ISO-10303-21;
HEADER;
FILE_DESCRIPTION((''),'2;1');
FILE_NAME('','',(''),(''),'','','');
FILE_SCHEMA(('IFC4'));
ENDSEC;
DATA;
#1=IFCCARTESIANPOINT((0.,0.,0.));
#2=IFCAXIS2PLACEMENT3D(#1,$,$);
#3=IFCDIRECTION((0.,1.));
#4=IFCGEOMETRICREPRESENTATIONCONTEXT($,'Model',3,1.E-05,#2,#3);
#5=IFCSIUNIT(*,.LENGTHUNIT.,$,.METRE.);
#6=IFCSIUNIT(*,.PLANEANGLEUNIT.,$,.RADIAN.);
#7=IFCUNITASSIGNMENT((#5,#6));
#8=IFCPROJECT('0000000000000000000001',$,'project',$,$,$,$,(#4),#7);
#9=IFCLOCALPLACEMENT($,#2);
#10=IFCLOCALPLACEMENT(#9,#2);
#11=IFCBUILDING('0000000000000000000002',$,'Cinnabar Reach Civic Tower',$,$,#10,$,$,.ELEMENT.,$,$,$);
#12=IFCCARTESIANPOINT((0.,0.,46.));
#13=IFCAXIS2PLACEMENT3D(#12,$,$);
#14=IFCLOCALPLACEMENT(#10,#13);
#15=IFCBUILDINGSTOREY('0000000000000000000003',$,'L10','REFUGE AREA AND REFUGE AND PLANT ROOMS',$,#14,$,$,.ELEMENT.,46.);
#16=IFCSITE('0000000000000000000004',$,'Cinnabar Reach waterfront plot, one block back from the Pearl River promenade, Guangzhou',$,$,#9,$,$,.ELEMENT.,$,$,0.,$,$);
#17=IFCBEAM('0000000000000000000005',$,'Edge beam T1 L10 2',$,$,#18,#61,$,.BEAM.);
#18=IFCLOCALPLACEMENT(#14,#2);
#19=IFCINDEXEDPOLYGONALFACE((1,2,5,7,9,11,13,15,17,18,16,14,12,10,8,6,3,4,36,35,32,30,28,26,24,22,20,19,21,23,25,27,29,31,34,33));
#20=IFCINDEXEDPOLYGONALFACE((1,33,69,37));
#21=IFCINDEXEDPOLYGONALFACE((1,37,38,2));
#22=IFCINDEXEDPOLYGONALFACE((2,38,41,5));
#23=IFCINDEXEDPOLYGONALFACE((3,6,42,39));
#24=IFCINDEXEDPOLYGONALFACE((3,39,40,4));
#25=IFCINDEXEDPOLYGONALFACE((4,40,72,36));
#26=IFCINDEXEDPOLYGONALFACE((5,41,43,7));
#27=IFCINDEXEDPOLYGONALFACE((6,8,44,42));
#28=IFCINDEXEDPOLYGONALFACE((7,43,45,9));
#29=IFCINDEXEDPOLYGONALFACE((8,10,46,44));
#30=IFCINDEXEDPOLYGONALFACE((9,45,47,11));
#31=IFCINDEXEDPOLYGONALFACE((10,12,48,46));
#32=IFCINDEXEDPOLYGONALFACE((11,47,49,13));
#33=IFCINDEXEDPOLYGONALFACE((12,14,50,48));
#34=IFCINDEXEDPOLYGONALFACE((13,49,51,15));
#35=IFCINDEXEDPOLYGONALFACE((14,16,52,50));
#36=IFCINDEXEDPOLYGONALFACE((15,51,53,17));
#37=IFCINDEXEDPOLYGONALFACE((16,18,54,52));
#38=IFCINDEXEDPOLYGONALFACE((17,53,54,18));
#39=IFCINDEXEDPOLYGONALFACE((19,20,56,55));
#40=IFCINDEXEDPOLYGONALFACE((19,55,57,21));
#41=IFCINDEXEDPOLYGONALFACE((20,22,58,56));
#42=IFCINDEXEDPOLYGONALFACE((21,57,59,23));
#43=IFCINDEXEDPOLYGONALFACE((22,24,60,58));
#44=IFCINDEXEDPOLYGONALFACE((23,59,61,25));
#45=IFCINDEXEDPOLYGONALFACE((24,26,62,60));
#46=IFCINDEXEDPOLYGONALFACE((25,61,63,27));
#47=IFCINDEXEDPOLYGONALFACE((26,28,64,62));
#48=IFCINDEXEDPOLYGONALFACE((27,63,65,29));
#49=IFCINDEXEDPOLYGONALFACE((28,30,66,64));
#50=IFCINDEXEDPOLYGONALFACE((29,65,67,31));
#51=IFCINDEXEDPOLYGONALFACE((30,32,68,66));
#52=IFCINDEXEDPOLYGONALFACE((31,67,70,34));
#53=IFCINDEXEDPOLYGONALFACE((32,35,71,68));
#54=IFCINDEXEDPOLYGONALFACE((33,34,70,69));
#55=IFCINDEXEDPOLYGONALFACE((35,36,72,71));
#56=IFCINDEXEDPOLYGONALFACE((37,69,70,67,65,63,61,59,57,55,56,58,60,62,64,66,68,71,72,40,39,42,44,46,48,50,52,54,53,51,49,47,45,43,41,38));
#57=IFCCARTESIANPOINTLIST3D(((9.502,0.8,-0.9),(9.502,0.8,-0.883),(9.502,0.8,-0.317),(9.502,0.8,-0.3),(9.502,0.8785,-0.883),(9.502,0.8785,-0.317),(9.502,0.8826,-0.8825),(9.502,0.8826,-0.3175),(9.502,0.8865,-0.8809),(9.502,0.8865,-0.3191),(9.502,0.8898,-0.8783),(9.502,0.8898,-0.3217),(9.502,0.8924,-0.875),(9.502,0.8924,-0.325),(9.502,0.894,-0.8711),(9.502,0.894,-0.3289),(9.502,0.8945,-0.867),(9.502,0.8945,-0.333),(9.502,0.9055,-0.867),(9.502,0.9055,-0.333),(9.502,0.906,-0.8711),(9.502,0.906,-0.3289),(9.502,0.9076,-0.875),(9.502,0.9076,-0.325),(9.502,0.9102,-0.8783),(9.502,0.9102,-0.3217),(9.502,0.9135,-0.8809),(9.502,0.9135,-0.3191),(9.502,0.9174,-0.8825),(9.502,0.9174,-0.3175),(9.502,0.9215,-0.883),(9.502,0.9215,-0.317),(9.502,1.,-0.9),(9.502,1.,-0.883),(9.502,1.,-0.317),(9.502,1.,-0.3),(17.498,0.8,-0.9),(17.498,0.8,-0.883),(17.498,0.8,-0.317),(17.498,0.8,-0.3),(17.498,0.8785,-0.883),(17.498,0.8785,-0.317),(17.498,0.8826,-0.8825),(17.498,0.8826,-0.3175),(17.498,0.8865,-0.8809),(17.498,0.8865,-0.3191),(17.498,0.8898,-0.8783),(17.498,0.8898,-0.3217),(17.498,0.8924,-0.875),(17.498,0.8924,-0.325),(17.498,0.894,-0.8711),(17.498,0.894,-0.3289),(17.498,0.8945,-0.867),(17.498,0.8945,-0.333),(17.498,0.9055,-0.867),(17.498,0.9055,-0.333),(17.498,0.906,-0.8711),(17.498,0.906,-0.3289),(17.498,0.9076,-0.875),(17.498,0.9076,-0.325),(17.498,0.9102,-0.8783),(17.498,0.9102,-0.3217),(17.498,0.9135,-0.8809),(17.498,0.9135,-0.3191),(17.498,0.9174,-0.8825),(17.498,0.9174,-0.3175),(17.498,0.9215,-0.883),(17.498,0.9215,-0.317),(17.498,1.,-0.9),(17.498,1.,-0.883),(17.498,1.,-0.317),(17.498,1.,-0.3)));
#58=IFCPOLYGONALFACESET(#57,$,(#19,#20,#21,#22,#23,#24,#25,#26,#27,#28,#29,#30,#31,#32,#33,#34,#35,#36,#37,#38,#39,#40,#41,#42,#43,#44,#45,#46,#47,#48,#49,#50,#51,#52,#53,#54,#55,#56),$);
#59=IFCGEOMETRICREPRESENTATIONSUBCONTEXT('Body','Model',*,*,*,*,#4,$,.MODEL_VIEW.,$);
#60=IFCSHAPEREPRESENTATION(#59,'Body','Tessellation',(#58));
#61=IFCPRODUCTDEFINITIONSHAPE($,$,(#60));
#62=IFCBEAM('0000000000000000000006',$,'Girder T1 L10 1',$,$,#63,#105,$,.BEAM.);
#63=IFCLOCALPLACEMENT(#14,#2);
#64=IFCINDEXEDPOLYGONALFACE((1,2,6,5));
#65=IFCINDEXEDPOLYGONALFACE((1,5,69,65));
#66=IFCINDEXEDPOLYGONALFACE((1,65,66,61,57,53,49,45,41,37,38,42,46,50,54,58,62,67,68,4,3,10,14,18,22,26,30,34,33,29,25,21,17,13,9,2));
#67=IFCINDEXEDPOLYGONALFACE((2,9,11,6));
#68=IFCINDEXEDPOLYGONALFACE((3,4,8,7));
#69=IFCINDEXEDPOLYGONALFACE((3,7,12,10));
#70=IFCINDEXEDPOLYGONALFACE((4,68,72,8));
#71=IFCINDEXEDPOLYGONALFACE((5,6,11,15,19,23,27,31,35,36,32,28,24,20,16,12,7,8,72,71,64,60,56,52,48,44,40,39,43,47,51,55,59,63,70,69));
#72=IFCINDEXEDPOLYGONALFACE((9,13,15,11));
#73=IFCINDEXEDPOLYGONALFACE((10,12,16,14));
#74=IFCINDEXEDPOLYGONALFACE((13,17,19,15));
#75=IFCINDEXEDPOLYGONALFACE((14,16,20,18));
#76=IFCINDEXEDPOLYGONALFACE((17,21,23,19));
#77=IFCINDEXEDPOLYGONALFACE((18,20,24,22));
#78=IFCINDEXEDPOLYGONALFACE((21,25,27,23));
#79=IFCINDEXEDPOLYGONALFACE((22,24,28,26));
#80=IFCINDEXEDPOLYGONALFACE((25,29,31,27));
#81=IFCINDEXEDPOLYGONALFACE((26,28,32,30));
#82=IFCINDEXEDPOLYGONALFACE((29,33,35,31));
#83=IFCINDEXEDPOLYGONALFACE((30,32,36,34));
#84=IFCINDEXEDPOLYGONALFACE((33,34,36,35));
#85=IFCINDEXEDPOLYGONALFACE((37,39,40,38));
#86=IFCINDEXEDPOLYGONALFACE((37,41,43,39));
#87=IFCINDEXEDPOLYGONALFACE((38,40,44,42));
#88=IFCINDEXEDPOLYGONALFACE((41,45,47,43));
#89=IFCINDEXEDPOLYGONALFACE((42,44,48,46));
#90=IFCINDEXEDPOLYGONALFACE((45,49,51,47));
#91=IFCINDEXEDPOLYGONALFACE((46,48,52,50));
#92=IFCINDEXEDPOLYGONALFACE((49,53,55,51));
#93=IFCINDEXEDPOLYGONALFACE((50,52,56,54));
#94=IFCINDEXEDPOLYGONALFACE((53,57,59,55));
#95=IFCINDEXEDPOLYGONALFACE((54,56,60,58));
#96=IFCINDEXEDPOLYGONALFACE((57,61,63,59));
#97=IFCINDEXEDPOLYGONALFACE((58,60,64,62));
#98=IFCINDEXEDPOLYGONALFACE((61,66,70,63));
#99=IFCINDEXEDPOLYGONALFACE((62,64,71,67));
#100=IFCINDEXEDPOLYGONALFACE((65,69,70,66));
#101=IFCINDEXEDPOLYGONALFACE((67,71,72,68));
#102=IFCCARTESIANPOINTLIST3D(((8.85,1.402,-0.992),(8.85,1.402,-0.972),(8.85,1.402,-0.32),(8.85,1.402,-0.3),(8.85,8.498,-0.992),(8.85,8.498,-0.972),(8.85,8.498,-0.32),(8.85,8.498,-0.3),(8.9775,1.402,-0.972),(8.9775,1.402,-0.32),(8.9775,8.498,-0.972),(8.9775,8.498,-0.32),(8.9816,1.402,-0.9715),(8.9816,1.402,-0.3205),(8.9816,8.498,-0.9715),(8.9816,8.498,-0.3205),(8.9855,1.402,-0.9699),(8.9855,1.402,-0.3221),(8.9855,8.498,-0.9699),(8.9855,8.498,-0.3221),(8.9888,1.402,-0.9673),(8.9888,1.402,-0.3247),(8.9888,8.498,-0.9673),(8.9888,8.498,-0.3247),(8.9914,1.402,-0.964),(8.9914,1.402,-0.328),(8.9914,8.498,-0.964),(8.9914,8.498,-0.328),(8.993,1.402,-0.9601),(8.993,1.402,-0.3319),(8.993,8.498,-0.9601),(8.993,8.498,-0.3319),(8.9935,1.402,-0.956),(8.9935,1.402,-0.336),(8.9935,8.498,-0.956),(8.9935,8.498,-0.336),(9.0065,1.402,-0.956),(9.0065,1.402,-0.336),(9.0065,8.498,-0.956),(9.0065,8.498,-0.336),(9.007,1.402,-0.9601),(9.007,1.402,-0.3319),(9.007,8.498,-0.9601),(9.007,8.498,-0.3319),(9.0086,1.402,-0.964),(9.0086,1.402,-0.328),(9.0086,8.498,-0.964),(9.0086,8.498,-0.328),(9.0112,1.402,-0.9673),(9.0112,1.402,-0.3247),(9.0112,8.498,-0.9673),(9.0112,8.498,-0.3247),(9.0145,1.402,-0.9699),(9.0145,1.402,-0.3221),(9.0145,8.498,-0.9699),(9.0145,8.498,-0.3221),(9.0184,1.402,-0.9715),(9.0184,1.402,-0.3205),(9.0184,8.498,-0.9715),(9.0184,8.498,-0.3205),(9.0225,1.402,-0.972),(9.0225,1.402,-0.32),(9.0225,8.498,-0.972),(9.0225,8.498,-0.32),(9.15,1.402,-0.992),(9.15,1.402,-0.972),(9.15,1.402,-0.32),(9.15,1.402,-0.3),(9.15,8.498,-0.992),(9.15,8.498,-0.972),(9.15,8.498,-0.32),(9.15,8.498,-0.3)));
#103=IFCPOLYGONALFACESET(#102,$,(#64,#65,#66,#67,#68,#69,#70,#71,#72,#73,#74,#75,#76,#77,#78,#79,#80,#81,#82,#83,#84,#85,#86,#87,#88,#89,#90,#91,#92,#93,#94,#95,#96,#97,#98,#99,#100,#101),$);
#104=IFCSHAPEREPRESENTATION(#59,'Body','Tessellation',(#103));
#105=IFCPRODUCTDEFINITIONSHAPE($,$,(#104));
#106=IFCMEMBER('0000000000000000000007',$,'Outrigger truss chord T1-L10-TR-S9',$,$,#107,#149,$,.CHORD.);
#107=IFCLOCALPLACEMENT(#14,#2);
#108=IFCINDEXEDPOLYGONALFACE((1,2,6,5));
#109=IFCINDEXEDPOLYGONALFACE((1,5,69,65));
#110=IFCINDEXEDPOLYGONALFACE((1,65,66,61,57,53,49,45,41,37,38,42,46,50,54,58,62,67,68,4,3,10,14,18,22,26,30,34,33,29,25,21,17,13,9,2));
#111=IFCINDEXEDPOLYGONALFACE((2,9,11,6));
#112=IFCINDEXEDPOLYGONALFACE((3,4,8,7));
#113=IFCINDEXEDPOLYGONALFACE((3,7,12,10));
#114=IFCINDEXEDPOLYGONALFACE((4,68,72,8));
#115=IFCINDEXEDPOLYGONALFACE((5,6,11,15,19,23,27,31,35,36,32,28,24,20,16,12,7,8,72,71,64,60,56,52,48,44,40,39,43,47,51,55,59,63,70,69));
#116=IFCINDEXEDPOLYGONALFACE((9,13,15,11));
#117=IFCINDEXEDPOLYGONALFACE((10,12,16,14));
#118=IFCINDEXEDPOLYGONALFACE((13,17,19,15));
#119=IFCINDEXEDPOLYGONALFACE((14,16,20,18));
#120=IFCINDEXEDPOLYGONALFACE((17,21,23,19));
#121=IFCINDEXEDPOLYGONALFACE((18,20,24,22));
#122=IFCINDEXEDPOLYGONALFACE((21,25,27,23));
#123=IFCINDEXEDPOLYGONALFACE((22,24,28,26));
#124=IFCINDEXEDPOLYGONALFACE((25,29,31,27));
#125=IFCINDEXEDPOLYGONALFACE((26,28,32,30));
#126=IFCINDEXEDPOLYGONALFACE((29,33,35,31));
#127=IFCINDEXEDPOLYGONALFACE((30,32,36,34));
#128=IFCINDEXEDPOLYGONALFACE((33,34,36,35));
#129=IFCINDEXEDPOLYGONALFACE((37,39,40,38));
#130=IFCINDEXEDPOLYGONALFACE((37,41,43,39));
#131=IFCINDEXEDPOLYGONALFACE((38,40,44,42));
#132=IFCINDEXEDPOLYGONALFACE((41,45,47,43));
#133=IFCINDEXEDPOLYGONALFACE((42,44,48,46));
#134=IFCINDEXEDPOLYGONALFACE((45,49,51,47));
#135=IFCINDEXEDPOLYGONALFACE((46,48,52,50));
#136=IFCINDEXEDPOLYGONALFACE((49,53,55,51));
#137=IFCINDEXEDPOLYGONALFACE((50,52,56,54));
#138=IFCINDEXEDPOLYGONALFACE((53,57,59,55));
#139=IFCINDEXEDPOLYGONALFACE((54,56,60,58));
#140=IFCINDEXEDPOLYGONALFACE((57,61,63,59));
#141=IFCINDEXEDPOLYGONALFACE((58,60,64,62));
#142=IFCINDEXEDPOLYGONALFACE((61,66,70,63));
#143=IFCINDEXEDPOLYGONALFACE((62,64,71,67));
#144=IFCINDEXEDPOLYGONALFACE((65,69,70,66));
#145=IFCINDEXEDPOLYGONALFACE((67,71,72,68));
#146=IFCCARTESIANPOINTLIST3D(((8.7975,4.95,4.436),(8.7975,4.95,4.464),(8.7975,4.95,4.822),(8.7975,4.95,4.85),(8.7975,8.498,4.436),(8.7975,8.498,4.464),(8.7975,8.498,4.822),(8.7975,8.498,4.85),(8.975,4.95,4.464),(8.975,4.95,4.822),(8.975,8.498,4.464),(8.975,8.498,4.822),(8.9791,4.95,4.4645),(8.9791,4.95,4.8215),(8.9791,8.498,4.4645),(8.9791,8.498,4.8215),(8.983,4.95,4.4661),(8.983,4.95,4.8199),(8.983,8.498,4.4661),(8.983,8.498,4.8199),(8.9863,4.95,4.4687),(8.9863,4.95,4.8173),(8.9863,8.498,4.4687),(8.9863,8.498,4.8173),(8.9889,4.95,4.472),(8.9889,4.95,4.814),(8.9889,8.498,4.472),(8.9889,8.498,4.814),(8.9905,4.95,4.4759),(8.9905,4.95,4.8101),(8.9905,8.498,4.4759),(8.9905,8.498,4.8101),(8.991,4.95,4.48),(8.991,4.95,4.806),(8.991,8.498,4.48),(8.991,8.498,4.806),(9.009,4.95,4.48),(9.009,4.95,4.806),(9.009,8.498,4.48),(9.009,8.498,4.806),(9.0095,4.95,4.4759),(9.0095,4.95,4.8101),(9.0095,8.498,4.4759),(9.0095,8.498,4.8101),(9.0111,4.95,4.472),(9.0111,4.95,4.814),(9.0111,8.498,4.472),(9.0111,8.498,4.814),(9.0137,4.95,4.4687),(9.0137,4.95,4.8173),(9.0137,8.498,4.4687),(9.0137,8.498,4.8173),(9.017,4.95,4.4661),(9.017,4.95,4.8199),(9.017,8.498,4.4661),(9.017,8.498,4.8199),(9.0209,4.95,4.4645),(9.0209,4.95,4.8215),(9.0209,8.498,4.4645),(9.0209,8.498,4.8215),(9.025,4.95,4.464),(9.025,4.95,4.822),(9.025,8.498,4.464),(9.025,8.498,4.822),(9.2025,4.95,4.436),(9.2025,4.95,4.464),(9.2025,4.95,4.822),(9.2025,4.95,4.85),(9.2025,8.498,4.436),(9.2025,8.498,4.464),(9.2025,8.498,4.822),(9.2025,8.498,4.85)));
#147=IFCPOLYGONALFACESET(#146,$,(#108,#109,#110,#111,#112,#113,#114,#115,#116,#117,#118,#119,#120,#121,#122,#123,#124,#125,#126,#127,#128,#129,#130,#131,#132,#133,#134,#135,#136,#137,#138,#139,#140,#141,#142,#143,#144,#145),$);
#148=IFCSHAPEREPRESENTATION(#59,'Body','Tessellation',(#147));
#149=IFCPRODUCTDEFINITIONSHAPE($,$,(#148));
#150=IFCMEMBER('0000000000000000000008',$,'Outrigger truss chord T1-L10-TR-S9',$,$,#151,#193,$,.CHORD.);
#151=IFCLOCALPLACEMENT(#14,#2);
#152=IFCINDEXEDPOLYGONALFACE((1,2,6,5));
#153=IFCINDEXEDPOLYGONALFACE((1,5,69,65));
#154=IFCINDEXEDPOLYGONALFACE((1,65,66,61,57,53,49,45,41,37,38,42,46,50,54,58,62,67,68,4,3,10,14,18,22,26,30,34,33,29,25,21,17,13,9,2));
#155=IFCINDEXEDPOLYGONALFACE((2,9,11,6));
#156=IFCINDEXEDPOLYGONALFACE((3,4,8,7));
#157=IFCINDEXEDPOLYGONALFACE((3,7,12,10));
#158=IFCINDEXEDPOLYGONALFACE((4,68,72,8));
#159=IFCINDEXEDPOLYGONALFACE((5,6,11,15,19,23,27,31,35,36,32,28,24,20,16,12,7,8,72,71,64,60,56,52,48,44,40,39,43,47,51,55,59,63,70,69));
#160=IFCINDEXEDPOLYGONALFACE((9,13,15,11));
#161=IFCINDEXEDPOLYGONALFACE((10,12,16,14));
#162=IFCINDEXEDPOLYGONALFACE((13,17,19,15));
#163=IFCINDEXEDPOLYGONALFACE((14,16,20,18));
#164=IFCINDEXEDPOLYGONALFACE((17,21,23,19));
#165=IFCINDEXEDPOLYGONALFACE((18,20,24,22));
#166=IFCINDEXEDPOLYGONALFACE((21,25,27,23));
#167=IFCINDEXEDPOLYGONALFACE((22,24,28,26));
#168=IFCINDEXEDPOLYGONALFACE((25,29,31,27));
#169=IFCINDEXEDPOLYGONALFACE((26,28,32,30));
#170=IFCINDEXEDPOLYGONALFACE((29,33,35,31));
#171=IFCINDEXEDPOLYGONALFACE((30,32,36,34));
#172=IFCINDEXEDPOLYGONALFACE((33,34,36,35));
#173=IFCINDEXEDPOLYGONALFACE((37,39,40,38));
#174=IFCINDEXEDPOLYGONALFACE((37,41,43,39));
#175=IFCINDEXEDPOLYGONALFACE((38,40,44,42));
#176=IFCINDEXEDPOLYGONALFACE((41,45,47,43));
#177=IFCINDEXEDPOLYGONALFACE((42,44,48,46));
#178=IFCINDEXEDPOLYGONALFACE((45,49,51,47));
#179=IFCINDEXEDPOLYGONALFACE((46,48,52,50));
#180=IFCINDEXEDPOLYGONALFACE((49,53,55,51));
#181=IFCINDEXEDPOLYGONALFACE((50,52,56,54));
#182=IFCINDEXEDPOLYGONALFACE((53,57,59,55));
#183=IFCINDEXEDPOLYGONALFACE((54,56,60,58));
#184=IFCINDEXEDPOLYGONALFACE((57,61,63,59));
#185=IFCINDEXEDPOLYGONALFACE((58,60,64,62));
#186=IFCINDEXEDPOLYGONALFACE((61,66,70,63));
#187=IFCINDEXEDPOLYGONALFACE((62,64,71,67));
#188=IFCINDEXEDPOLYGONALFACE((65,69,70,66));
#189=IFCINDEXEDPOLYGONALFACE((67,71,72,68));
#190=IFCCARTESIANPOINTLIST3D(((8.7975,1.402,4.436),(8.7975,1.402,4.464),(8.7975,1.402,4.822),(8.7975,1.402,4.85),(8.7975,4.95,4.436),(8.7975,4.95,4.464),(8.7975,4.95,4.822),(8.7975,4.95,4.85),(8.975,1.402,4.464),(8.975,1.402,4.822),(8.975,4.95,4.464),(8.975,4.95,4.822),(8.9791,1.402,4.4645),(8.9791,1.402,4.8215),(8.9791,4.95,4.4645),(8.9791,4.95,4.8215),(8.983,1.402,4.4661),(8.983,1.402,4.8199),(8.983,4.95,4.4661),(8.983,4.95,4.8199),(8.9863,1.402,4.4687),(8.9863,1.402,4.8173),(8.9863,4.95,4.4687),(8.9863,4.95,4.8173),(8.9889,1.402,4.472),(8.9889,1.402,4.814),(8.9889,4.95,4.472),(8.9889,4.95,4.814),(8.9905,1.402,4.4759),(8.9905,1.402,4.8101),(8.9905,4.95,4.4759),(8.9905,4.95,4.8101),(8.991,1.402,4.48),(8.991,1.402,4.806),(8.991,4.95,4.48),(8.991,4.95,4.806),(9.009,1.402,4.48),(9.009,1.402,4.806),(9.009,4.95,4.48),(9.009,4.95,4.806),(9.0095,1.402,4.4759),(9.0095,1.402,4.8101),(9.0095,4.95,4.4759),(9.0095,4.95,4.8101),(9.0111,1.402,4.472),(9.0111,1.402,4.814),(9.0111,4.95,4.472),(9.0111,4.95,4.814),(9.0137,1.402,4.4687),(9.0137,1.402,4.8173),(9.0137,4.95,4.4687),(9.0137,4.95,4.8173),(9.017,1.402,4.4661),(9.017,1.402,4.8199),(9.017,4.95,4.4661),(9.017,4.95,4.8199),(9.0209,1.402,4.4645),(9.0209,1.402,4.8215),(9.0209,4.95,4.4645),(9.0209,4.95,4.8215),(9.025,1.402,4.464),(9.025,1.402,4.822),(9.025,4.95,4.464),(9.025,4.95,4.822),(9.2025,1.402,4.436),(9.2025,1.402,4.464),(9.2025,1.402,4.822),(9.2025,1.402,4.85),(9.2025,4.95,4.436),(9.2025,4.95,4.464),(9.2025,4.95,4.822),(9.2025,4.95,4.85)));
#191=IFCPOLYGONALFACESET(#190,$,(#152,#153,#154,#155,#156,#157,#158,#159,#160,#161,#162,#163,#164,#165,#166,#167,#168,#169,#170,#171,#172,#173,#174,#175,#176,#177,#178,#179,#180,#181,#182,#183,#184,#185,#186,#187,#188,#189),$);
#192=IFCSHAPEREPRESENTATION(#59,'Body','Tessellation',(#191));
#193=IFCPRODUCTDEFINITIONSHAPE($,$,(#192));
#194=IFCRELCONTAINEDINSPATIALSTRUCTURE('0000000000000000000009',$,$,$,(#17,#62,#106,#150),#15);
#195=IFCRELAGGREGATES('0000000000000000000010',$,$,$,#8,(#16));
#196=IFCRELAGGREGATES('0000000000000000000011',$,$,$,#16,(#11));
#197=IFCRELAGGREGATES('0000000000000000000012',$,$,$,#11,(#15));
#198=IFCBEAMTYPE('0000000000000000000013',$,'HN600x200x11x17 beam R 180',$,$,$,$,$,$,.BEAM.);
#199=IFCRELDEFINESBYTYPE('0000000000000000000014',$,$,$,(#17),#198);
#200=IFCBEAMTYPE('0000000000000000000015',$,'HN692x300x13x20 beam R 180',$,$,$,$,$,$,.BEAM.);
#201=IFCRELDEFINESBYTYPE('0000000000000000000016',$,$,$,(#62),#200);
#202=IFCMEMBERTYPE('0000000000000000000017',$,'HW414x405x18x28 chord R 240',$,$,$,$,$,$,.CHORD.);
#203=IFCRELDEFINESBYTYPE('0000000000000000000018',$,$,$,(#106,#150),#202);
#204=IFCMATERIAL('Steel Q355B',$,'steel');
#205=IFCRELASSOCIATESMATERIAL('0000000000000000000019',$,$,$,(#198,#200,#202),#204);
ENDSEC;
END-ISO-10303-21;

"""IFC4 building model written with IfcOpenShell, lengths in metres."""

from ifc_helpers import new_model, si_unit, direction, frame, origin, origin_2d, place, context, subcontext, project, spatial, i_section, extrude, material, material_profile, profile_set, type_object, element, save


model = new_model("IFC4")

# Units and contexts
model_context = context("Model", 3, precision=1e-05, world=origin(), true_north=direction((0.0, 1.0)))
body_context = subcontext(model_context, "Body", "Model", "MODEL_VIEW")
ifc_project = project(units=[si_unit("LENGTHUNIT", "METRE"), si_unit("PLANEANGLEUNIT", "RADIAN")], contexts=[model_context])

# Site, building, storey
site_placement = place(None, origin())
site = spatial("IfcSite", under=ifc_project, at=site_placement, Name="Cinnabar Reach waterfront plot, one block back from the Pearl River promenade, Guangzhou", CompositionType="ELEMENT", RefElevation=0.0)
building_placement = place(site_placement, origin())
building = spatial("IfcBuilding", under=site, at=building_placement, Name="Cinnabar Reach Civic Tower", CompositionType="ELEMENT")
storey_placement = place(building_placement, frame((0.0, 0.0, 46.0)))
storey = spatial("IfcBuildingStorey", under=building, at=storey_placement, Name="L10", Description="REFUGE AREA AND REFUGE AND PLANT ROOMS", CompositionType="ELEMENT", Elevation=46.0)

# Shared definitions
ifc_material_1 = material(Name="Steel Q355B", Category="steel")

# Beams
ifc_material_profile_1 = material_profile(ifc_material_1, i_section(OverallWidth=0.2, OverallDepth=0.6, WebThickness=0.011, FlangeThickness=0.017, FilletRadius=0.016, at=origin_2d()), Name="HN600x200x11x17")
ifc_profile_set_1 = profile_set([ifc_material_profile_1], Name="Steel Q355B")
beam_type_1 = type_object("IfcBeamType", Name="HN600x200x11x17 beam R 180", PredefinedType="BEAM", material=ifc_profile_set_1)
beam_1_placement = place(storey_placement, frame((9.502, 0.9, -0.6), z_axis=(1.0, 0.0, 0.0), x_axis=(0.0, 1.0, 0.0)))
element("IfcBeam", 1, at=beam_1_placement, inside=storey, type_object=beam_type_1, Name="Edge beam T1 L10 2", PredefinedType="BEAM", context=body_context, shape_type="SweptSolid", body=[
    extrude(i_section(OverallWidth=0.2, OverallDepth=0.6, WebThickness=0.011, FlangeThickness=0.017, FilletRadius=0.016, at=origin_2d()), origin(), (0.0, 0.0, 1.0), 7.996),
])
ifc_material_profile_2 = material_profile(ifc_material_1, i_section(OverallWidth=0.3, OverallDepth=0.692, WebThickness=0.013, FlangeThickness=0.02, FilletRadius=0.016, at=origin_2d()), Name="HN692x300x13x20")
ifc_profile_set_2 = profile_set([ifc_material_profile_2], Name="Steel Q355B")
beam_type_2 = type_object("IfcBeamType", Name="HN692x300x13x20 beam R 180", PredefinedType="BEAM", material=ifc_profile_set_2)
beam_2_placement = place(storey_placement, frame((9.0, 1.402, -0.646), z_axis=(0.0, 1.0, 0.0), x_axis=(-1.0, 0.0, 0.0)))
element("IfcBeam", 2, at=beam_2_placement, inside=storey, type_object=beam_type_2, Name="Girder T1 L10 1", PredefinedType="BEAM", context=body_context, shape_type="SweptSolid", body=[
    extrude(i_section(OverallWidth=0.3, OverallDepth=0.692, WebThickness=0.013, FlangeThickness=0.02, FilletRadius=0.016, at=origin_2d()), origin(), (0.0, 0.0, 1.0), 7.096),
])

# Members
ifc_material_profile_3 = material_profile(ifc_material_1, i_section(OverallWidth=0.405, OverallDepth=0.414, WebThickness=0.018, FlangeThickness=0.028, FilletRadius=0.016, at=origin_2d()), Name="HW414x405x18x28")
ifc_profile_set_3 = profile_set([ifc_material_profile_3], Name="Steel Q355B")
member_type_1 = type_object("IfcMemberType", Name="HW414x405x18x28 chord R 240", PredefinedType="CHORD", material=ifc_profile_set_3)
for number, where, z_axis, x_axis, name in (
    (3, (9.0, 8.498, 4.643), (0.0, -1.0, 0.0), (1.0, 0.0, 0.0), "Outrigger truss chord T1-L10-TR-S9"),
    (4, (9.0, 4.95, 4.643), (0.0, -1.0, 0.0), (1.0, 0.0, 0.0), "Outrigger truss chord T1-L10-TR-S9"),
):
    element("IfcMember", number, at=place(storey_placement, frame(where, z_axis=z_axis, x_axis=x_axis)), inside=storey, type_object=member_type_1, Name=name, PredefinedType="CHORD", context=body_context, shape_type="SweptSolid", body=[
        extrude(i_section(OverallWidth=0.405, OverallDepth=0.414, WebThickness=0.018, FlangeThickness=0.028, FilletRadius=0.016, at=origin_2d()), origin(), (0.0, 0.0, 1.0), 3.548),
    ])

save(model, "model.ifc")
